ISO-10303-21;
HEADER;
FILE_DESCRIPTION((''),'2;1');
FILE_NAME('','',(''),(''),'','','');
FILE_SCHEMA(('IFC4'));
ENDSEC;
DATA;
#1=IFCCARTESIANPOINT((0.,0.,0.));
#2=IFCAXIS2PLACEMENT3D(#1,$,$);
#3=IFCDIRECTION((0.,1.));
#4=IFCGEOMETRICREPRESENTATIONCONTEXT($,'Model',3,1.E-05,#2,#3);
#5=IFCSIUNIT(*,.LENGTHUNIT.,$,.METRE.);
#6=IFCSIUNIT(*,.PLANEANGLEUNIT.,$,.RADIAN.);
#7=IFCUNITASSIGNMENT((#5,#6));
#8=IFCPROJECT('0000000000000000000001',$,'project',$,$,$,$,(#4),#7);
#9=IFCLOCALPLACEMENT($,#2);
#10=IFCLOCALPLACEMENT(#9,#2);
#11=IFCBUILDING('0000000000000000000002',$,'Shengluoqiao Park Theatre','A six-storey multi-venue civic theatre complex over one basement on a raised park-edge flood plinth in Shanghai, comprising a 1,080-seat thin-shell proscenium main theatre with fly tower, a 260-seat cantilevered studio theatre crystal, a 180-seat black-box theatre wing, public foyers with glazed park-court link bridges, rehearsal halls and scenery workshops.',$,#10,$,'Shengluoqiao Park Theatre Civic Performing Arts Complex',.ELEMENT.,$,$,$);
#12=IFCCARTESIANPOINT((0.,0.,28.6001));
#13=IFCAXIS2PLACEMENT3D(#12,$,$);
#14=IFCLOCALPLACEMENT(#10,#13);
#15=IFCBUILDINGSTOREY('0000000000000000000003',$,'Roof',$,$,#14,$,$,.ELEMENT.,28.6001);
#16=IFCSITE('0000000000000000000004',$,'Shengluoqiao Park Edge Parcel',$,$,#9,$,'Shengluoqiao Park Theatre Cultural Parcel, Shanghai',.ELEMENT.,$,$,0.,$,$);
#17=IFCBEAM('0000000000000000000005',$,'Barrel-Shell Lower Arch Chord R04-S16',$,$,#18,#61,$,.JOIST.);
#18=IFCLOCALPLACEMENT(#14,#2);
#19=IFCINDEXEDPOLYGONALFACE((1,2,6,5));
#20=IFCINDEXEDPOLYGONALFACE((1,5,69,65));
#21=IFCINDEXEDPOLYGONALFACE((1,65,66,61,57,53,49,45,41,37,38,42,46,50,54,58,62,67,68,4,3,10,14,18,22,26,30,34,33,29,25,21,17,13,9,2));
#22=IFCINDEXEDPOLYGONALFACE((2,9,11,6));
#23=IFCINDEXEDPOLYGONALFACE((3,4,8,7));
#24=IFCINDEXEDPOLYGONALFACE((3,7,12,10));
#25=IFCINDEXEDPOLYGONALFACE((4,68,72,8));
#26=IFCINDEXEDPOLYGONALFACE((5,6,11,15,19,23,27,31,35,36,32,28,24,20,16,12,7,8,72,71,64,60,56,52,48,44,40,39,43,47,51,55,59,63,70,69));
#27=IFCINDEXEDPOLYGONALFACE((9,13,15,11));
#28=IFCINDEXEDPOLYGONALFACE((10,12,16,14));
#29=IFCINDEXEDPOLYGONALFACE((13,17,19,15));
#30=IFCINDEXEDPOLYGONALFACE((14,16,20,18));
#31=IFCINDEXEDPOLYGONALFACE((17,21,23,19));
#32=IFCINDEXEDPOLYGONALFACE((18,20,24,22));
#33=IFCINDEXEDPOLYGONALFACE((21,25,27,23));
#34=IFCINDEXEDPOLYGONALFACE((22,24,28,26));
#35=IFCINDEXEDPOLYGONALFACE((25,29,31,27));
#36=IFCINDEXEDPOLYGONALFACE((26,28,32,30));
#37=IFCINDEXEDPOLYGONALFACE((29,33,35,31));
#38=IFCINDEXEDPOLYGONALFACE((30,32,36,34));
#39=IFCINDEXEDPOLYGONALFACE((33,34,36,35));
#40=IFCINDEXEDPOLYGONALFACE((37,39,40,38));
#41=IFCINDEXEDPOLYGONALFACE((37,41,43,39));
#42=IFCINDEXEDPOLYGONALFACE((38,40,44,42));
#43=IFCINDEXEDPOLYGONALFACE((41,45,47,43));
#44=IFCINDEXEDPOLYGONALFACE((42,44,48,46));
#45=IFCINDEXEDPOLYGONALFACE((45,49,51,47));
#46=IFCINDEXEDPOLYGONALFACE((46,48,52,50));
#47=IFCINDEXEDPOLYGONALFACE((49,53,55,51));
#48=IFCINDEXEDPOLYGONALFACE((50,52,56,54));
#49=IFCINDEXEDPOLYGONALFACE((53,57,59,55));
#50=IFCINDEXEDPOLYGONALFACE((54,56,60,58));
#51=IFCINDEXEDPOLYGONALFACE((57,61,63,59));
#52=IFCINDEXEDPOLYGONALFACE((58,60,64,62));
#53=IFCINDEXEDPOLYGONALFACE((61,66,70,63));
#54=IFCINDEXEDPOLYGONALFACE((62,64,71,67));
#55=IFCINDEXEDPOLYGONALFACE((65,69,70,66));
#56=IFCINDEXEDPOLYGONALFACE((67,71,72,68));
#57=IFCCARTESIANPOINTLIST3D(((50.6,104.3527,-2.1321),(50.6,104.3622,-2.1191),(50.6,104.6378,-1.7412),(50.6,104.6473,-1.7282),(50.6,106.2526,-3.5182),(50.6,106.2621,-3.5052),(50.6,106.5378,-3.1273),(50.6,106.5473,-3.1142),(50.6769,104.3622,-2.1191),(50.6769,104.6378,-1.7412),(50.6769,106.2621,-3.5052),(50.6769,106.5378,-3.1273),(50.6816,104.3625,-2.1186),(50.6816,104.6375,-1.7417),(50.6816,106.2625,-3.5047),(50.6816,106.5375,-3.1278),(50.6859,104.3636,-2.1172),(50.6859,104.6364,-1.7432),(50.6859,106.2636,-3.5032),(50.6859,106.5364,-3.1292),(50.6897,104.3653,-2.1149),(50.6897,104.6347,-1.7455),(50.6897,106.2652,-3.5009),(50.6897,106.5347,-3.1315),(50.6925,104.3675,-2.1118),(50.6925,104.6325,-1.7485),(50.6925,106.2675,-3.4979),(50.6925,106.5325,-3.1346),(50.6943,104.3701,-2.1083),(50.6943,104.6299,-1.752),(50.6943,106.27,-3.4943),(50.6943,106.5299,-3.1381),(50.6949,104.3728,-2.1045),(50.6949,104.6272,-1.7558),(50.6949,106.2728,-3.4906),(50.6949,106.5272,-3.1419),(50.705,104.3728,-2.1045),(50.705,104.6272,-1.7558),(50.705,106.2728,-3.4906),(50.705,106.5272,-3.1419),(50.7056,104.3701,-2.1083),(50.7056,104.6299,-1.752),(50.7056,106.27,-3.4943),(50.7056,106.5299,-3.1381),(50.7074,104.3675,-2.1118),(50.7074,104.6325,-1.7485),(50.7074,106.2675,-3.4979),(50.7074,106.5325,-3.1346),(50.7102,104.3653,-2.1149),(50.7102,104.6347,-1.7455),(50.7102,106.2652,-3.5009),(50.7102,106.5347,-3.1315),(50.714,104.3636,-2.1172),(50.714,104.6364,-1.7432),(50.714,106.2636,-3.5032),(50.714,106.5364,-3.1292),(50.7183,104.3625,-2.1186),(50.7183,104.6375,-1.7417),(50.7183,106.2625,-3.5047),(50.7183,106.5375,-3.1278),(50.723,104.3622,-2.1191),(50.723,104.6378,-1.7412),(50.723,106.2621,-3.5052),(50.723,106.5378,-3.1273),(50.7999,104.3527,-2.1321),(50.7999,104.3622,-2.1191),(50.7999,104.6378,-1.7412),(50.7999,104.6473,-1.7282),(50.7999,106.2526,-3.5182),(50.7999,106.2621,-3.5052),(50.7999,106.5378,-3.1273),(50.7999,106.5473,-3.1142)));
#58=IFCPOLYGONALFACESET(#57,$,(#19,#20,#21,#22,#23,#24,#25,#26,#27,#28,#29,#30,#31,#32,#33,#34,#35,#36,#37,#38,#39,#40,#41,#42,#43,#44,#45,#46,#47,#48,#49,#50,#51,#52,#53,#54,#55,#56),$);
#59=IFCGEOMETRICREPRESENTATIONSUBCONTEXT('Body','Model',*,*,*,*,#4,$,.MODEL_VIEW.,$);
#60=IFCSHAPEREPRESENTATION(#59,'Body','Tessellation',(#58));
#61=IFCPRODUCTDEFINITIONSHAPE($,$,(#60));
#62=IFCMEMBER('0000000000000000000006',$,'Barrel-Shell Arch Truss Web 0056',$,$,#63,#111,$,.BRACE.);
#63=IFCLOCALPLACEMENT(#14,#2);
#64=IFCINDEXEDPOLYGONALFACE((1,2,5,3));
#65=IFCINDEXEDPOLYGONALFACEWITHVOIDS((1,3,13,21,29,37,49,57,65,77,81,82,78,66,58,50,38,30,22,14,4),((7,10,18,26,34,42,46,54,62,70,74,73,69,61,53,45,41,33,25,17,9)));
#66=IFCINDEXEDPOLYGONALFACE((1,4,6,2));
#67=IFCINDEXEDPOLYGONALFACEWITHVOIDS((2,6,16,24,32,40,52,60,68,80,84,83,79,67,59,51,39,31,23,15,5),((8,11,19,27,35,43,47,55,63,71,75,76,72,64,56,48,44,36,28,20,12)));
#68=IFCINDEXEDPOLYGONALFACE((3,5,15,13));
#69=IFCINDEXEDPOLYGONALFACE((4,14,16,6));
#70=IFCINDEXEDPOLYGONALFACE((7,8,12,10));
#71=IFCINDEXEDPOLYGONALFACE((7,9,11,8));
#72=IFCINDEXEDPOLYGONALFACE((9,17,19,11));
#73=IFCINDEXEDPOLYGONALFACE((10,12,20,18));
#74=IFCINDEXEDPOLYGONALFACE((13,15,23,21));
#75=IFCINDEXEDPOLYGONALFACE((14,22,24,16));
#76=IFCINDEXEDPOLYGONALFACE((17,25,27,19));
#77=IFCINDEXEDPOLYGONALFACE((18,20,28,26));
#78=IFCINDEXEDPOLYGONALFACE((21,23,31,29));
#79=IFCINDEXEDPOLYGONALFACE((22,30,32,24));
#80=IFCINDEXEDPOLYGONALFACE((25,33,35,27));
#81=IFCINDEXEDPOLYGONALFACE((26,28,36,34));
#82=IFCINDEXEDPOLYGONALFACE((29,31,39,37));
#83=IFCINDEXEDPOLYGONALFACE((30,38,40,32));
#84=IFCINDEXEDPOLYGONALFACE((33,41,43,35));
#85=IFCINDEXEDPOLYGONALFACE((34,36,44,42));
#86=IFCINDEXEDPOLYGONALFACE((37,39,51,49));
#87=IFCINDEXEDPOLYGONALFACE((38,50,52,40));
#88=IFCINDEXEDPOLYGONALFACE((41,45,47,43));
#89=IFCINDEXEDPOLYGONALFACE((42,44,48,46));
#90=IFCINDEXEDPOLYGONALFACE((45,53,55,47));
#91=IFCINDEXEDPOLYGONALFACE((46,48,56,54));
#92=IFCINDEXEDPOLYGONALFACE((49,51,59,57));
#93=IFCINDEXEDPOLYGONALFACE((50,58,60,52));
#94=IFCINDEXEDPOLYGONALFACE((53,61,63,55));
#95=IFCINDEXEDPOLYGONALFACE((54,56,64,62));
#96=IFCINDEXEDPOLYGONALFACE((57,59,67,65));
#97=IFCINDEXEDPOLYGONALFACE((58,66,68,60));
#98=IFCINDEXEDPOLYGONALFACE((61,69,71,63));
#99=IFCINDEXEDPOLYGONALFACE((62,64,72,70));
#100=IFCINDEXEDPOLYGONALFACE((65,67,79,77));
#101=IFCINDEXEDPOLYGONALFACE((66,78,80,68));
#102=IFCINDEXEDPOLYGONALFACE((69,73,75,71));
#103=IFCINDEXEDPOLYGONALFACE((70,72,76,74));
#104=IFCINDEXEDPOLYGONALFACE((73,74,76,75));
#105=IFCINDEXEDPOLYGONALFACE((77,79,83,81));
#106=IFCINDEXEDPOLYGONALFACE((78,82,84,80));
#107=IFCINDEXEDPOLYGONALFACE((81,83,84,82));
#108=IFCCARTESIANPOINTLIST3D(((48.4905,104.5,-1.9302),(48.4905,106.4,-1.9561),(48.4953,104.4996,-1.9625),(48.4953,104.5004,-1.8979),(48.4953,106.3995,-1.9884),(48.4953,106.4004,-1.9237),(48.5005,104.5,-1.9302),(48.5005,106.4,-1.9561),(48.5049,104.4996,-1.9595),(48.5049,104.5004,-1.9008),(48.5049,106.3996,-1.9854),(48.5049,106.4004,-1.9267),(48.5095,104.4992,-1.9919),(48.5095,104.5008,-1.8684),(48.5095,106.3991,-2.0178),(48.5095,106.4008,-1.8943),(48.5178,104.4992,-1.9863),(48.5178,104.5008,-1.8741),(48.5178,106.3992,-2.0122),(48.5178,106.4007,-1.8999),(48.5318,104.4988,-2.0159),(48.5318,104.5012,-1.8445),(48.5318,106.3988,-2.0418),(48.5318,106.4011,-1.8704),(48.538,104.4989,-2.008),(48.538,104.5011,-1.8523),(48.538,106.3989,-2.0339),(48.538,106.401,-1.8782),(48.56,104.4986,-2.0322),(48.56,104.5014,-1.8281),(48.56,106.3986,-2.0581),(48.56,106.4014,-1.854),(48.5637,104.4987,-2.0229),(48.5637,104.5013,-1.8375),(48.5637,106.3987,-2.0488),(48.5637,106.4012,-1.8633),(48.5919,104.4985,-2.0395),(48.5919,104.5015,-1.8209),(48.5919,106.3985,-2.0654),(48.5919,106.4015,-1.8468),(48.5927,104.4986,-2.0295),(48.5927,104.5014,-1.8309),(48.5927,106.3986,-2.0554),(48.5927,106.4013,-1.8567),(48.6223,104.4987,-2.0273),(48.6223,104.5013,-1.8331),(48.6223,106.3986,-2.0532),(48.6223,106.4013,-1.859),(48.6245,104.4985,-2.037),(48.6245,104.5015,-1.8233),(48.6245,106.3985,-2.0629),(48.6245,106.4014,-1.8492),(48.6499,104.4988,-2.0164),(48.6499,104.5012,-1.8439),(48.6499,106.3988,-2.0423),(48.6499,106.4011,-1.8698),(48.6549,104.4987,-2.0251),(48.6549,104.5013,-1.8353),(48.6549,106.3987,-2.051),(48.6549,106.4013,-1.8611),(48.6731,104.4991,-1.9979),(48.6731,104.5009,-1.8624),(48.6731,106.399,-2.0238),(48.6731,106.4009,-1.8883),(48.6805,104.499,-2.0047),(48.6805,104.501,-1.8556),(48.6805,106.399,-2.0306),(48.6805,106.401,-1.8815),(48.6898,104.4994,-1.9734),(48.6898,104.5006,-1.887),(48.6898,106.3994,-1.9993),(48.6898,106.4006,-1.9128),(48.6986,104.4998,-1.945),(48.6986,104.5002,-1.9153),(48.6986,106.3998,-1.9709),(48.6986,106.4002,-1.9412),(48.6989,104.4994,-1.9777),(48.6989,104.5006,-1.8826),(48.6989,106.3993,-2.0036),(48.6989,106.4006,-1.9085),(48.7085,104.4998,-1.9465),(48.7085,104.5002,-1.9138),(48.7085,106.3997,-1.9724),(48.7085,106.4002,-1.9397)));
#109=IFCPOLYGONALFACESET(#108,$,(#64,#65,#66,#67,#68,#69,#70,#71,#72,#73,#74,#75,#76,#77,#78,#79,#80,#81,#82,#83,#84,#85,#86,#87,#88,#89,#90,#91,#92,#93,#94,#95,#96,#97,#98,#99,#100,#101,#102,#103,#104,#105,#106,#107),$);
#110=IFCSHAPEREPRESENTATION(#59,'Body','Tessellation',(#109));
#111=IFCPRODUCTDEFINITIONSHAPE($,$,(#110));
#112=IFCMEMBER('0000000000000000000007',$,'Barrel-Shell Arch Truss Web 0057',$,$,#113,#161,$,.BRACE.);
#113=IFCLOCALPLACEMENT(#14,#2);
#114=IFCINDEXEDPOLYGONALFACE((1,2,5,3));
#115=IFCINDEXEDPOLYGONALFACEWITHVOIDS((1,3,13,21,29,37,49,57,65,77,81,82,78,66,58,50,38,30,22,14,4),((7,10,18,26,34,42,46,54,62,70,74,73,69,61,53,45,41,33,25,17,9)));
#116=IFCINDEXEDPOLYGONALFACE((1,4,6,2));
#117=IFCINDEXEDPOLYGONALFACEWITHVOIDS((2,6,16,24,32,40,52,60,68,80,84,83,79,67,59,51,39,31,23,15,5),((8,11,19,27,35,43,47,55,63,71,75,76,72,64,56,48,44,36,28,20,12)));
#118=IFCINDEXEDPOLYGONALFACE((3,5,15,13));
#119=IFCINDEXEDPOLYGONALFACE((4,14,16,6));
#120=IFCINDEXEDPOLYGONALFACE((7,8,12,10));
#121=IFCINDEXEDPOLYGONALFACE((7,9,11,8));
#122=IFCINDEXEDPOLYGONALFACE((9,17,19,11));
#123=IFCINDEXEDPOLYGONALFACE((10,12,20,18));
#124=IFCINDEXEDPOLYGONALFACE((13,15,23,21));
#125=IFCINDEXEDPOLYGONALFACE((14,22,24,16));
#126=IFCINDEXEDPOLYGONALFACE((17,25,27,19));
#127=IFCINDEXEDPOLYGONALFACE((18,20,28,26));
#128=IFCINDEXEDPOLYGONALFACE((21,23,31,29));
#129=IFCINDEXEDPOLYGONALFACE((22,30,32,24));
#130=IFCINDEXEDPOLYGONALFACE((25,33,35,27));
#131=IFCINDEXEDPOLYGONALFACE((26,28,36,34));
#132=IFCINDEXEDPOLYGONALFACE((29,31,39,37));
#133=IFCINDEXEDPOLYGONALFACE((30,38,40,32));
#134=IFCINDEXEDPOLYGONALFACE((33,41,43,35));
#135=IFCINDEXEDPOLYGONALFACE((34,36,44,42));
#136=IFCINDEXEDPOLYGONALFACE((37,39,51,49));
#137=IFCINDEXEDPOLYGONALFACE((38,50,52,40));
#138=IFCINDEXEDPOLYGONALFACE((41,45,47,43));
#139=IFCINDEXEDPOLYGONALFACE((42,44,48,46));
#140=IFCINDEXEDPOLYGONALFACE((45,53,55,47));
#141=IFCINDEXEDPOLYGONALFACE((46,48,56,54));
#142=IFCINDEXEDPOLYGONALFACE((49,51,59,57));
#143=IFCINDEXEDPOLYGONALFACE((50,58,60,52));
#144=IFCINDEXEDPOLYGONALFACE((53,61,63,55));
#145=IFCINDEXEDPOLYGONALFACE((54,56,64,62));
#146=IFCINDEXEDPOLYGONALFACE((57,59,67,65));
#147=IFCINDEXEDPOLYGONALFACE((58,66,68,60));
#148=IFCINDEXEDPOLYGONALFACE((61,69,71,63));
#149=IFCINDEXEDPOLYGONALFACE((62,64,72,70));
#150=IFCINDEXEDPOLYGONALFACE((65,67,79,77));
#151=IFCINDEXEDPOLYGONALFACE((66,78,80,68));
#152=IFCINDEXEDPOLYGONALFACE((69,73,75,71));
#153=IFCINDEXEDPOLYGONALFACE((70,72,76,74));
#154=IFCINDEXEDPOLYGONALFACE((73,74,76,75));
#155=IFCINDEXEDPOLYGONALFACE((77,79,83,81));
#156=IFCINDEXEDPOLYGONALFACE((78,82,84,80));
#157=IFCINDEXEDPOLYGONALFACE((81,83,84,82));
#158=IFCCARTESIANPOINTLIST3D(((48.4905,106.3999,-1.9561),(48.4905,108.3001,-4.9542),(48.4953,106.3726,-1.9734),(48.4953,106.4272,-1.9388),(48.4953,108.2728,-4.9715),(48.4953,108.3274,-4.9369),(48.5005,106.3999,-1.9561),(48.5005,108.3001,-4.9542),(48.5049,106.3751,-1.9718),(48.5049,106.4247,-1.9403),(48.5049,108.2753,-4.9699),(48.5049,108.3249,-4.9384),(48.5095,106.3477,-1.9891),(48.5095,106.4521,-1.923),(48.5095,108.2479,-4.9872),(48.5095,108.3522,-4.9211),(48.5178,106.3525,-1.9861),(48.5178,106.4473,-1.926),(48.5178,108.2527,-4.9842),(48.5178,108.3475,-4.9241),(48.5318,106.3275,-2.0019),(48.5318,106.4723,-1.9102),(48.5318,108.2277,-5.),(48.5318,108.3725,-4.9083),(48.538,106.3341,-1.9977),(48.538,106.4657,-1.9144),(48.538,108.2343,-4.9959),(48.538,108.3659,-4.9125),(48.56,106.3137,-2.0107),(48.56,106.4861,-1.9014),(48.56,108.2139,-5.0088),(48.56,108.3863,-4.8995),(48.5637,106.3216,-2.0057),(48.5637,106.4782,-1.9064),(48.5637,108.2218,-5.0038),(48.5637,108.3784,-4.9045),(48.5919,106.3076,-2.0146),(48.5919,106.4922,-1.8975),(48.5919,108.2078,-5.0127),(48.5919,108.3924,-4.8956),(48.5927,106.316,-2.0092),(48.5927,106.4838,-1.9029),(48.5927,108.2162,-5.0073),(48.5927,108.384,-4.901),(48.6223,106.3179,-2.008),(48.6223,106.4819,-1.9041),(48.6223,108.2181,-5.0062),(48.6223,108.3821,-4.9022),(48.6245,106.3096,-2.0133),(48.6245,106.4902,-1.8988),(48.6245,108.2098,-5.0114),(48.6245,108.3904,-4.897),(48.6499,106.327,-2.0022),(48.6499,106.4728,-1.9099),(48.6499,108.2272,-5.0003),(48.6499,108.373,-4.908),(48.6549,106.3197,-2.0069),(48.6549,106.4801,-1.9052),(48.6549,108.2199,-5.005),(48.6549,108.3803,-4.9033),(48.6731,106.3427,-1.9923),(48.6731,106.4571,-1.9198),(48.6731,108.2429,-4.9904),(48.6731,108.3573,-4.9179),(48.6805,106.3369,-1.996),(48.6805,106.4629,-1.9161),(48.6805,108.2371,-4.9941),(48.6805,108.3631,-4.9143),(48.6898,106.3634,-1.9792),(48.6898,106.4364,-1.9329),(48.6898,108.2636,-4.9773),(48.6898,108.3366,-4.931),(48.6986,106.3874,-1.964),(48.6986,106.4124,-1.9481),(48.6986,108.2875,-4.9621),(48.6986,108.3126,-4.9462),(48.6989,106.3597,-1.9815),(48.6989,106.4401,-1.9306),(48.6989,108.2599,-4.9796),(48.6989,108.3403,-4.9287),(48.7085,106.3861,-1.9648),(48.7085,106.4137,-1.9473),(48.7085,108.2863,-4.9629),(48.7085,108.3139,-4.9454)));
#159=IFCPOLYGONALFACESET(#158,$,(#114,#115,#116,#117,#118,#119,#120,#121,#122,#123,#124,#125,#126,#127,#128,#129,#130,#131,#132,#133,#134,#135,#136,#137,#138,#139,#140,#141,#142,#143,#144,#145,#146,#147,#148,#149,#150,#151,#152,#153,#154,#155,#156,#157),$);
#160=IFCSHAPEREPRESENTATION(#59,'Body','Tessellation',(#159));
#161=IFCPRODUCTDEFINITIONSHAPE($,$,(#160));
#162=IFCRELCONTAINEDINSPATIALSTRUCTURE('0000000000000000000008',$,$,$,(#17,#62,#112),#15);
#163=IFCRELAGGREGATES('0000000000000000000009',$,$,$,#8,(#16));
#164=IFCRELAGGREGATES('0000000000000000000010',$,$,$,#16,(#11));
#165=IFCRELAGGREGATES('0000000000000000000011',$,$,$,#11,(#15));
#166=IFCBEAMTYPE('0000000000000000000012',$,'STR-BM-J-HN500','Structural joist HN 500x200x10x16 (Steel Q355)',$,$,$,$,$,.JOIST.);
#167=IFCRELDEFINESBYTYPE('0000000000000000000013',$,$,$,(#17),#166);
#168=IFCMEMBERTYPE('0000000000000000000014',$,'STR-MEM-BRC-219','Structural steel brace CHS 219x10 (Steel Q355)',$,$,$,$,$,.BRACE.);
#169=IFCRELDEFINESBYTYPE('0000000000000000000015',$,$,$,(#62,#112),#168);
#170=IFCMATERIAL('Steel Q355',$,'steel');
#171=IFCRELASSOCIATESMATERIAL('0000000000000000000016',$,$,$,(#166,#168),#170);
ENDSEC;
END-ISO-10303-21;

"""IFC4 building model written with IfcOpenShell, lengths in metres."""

from ifc_helpers import new_model, si_unit, direction, frame, origin, origin_2d, place, context, subcontext, project, spatial, hollow_circle, i_section, extrude, material, material_profile, profile_set, type_object, element, save


model = new_model("IFC4")

# Units and contexts
model_context = context("Model", 3, precision=1e-05, world=origin(), true_north=direction((0.0, 1.0)))
body_context = subcontext(model_context, "Body", "Model", "MODEL_VIEW")
ifc_project = project(units=[si_unit("LENGTHUNIT", "METRE"), si_unit("PLANEANGLEUNIT", "RADIAN")], contexts=[model_context])

# Site, building, storey
site_placement = place(None, origin())
site = spatial("IfcSite", under=ifc_project, at=site_placement, Name="Shengluoqiao Park Edge Parcel", LongName="Shengluoqiao Park Theatre Cultural Parcel, Shanghai", CompositionType="ELEMENT", RefElevation=0.0)
building_placement = place(site_placement, origin())
building = spatial("IfcBuilding", under=site, at=building_placement, Name="Shengluoqiao Park Theatre", Description="A six-storey multi-venue civic theatre complex over one basement on a raised park-edge flood plinth in Shanghai, comprising a 1,080-seat thin-shell proscenium main theatre with fly tower, a 260-seat cantilevered studio theatre crystal, a 180-seat black-box theatre wing, public foyers with glazed park-court link bridges, rehearsal halls and scenery workshops.", LongName="Shengluoqiao Park Theatre Civic Performing Arts Complex", CompositionType="ELEMENT")
storey_placement = place(building_placement, frame((0.0, 0.0, 28.6001)))
storey = spatial("IfcBuildingStorey", under=building, at=storey_placement, Name="Roof", CompositionType="ELEMENT", Elevation=28.6001)

# Beam
ifc_material_1 = material(Name="Steel Q355", Category="steel")
ifc_material_profile_1 = material_profile(ifc_material_1, i_section(OverallWidth=0.2, OverallDepth=0.5, WebThickness=0.01, FlangeThickness=0.0161, FilletRadius=0.0181, at=origin_2d()), Name="HN 500x200x10x16")
ifc_profile_set_1 = profile_set([ifc_material_profile_1], Name="Steel Q355")
beam_type_1 = type_object("IfcBeamType", Name="STR-BM-J-HN500", Description="Structural joist HN 500x200x10x16 (Steel Q355)", PredefinedType="JOIST", material=ifc_profile_set_1)
beam_1_placement = place(storey_placement, frame((50.7, 104.5, -1.9302), z_axis=(0.0, 0.807878, -0.58935), x_axis=(-1.0, 0.0, 0.0)))
element("IfcBeam", 1, at=beam_1_placement, inside=storey, type_object=beam_type_1, Name="Barrel-Shell Lower Arch Chord R04-S16", PredefinedType="JOIST", context=body_context, shape_type="SweptSolid", body=[
    extrude(i_section(OverallWidth=0.2, OverallDepth=0.5, WebThickness=0.01, FlangeThickness=0.0161, FilletRadius=0.0181, at=origin_2d()), origin(), (0.0, 0.0, 1.0), 2.3518),
])

# Members
ifc_material_profile_2 = material_profile(ifc_material_1, hollow_circle(Radius=0.1096, WallThickness=0.01, at=origin_2d()), Name="CHS 219x10")
ifc_profile_set_2 = profile_set([ifc_material_profile_2], Name="Steel Q355")
member_type_1 = type_object("IfcMemberType", Name="STR-MEM-BRC-219", Description="Structural steel brace CHS 219x10 (Steel Q355)", PredefinedType="BRACE", material=ifc_profile_set_2)
member_1_placement = place(storey_placement, frame((48.6001, 104.5, -1.9302), z_axis=(0.0, 0.999907, -0.01362), x_axis=(-1.0, 0.0, 0.0)))
element("IfcMember", 2, at=member_1_placement, inside=storey, type_object=member_type_1, Name="Barrel-Shell Arch Truss Web 0056", PredefinedType="BRACE", context=body_context, shape_type="SweptSolid", body=[
    extrude(hollow_circle(Radius=0.1096, WallThickness=0.01, at=origin_2d()), origin(), (0.0, 0.0, 1.0), 1.9001),
])
member_2_placement = place(storey_placement, frame((48.6001, 106.3999, -1.9561), z_axis=(0.0, 0.53533, -0.844643), x_axis=(-1.0, 0.0, 0.0)))
element("IfcMember", 3, at=member_2_placement, inside=storey, type_object=member_type_1, Name="Barrel-Shell Arch Truss Web 0057", PredefinedType="BRACE", context=body_context, shape_type="SweptSolid", body=[
    extrude(hollow_circle(Radius=0.1096, WallThickness=0.01, at=origin_2d()), origin(), (0.0, 0.0, 1.0), 3.5496),
])

save(model, "model.ifc")
